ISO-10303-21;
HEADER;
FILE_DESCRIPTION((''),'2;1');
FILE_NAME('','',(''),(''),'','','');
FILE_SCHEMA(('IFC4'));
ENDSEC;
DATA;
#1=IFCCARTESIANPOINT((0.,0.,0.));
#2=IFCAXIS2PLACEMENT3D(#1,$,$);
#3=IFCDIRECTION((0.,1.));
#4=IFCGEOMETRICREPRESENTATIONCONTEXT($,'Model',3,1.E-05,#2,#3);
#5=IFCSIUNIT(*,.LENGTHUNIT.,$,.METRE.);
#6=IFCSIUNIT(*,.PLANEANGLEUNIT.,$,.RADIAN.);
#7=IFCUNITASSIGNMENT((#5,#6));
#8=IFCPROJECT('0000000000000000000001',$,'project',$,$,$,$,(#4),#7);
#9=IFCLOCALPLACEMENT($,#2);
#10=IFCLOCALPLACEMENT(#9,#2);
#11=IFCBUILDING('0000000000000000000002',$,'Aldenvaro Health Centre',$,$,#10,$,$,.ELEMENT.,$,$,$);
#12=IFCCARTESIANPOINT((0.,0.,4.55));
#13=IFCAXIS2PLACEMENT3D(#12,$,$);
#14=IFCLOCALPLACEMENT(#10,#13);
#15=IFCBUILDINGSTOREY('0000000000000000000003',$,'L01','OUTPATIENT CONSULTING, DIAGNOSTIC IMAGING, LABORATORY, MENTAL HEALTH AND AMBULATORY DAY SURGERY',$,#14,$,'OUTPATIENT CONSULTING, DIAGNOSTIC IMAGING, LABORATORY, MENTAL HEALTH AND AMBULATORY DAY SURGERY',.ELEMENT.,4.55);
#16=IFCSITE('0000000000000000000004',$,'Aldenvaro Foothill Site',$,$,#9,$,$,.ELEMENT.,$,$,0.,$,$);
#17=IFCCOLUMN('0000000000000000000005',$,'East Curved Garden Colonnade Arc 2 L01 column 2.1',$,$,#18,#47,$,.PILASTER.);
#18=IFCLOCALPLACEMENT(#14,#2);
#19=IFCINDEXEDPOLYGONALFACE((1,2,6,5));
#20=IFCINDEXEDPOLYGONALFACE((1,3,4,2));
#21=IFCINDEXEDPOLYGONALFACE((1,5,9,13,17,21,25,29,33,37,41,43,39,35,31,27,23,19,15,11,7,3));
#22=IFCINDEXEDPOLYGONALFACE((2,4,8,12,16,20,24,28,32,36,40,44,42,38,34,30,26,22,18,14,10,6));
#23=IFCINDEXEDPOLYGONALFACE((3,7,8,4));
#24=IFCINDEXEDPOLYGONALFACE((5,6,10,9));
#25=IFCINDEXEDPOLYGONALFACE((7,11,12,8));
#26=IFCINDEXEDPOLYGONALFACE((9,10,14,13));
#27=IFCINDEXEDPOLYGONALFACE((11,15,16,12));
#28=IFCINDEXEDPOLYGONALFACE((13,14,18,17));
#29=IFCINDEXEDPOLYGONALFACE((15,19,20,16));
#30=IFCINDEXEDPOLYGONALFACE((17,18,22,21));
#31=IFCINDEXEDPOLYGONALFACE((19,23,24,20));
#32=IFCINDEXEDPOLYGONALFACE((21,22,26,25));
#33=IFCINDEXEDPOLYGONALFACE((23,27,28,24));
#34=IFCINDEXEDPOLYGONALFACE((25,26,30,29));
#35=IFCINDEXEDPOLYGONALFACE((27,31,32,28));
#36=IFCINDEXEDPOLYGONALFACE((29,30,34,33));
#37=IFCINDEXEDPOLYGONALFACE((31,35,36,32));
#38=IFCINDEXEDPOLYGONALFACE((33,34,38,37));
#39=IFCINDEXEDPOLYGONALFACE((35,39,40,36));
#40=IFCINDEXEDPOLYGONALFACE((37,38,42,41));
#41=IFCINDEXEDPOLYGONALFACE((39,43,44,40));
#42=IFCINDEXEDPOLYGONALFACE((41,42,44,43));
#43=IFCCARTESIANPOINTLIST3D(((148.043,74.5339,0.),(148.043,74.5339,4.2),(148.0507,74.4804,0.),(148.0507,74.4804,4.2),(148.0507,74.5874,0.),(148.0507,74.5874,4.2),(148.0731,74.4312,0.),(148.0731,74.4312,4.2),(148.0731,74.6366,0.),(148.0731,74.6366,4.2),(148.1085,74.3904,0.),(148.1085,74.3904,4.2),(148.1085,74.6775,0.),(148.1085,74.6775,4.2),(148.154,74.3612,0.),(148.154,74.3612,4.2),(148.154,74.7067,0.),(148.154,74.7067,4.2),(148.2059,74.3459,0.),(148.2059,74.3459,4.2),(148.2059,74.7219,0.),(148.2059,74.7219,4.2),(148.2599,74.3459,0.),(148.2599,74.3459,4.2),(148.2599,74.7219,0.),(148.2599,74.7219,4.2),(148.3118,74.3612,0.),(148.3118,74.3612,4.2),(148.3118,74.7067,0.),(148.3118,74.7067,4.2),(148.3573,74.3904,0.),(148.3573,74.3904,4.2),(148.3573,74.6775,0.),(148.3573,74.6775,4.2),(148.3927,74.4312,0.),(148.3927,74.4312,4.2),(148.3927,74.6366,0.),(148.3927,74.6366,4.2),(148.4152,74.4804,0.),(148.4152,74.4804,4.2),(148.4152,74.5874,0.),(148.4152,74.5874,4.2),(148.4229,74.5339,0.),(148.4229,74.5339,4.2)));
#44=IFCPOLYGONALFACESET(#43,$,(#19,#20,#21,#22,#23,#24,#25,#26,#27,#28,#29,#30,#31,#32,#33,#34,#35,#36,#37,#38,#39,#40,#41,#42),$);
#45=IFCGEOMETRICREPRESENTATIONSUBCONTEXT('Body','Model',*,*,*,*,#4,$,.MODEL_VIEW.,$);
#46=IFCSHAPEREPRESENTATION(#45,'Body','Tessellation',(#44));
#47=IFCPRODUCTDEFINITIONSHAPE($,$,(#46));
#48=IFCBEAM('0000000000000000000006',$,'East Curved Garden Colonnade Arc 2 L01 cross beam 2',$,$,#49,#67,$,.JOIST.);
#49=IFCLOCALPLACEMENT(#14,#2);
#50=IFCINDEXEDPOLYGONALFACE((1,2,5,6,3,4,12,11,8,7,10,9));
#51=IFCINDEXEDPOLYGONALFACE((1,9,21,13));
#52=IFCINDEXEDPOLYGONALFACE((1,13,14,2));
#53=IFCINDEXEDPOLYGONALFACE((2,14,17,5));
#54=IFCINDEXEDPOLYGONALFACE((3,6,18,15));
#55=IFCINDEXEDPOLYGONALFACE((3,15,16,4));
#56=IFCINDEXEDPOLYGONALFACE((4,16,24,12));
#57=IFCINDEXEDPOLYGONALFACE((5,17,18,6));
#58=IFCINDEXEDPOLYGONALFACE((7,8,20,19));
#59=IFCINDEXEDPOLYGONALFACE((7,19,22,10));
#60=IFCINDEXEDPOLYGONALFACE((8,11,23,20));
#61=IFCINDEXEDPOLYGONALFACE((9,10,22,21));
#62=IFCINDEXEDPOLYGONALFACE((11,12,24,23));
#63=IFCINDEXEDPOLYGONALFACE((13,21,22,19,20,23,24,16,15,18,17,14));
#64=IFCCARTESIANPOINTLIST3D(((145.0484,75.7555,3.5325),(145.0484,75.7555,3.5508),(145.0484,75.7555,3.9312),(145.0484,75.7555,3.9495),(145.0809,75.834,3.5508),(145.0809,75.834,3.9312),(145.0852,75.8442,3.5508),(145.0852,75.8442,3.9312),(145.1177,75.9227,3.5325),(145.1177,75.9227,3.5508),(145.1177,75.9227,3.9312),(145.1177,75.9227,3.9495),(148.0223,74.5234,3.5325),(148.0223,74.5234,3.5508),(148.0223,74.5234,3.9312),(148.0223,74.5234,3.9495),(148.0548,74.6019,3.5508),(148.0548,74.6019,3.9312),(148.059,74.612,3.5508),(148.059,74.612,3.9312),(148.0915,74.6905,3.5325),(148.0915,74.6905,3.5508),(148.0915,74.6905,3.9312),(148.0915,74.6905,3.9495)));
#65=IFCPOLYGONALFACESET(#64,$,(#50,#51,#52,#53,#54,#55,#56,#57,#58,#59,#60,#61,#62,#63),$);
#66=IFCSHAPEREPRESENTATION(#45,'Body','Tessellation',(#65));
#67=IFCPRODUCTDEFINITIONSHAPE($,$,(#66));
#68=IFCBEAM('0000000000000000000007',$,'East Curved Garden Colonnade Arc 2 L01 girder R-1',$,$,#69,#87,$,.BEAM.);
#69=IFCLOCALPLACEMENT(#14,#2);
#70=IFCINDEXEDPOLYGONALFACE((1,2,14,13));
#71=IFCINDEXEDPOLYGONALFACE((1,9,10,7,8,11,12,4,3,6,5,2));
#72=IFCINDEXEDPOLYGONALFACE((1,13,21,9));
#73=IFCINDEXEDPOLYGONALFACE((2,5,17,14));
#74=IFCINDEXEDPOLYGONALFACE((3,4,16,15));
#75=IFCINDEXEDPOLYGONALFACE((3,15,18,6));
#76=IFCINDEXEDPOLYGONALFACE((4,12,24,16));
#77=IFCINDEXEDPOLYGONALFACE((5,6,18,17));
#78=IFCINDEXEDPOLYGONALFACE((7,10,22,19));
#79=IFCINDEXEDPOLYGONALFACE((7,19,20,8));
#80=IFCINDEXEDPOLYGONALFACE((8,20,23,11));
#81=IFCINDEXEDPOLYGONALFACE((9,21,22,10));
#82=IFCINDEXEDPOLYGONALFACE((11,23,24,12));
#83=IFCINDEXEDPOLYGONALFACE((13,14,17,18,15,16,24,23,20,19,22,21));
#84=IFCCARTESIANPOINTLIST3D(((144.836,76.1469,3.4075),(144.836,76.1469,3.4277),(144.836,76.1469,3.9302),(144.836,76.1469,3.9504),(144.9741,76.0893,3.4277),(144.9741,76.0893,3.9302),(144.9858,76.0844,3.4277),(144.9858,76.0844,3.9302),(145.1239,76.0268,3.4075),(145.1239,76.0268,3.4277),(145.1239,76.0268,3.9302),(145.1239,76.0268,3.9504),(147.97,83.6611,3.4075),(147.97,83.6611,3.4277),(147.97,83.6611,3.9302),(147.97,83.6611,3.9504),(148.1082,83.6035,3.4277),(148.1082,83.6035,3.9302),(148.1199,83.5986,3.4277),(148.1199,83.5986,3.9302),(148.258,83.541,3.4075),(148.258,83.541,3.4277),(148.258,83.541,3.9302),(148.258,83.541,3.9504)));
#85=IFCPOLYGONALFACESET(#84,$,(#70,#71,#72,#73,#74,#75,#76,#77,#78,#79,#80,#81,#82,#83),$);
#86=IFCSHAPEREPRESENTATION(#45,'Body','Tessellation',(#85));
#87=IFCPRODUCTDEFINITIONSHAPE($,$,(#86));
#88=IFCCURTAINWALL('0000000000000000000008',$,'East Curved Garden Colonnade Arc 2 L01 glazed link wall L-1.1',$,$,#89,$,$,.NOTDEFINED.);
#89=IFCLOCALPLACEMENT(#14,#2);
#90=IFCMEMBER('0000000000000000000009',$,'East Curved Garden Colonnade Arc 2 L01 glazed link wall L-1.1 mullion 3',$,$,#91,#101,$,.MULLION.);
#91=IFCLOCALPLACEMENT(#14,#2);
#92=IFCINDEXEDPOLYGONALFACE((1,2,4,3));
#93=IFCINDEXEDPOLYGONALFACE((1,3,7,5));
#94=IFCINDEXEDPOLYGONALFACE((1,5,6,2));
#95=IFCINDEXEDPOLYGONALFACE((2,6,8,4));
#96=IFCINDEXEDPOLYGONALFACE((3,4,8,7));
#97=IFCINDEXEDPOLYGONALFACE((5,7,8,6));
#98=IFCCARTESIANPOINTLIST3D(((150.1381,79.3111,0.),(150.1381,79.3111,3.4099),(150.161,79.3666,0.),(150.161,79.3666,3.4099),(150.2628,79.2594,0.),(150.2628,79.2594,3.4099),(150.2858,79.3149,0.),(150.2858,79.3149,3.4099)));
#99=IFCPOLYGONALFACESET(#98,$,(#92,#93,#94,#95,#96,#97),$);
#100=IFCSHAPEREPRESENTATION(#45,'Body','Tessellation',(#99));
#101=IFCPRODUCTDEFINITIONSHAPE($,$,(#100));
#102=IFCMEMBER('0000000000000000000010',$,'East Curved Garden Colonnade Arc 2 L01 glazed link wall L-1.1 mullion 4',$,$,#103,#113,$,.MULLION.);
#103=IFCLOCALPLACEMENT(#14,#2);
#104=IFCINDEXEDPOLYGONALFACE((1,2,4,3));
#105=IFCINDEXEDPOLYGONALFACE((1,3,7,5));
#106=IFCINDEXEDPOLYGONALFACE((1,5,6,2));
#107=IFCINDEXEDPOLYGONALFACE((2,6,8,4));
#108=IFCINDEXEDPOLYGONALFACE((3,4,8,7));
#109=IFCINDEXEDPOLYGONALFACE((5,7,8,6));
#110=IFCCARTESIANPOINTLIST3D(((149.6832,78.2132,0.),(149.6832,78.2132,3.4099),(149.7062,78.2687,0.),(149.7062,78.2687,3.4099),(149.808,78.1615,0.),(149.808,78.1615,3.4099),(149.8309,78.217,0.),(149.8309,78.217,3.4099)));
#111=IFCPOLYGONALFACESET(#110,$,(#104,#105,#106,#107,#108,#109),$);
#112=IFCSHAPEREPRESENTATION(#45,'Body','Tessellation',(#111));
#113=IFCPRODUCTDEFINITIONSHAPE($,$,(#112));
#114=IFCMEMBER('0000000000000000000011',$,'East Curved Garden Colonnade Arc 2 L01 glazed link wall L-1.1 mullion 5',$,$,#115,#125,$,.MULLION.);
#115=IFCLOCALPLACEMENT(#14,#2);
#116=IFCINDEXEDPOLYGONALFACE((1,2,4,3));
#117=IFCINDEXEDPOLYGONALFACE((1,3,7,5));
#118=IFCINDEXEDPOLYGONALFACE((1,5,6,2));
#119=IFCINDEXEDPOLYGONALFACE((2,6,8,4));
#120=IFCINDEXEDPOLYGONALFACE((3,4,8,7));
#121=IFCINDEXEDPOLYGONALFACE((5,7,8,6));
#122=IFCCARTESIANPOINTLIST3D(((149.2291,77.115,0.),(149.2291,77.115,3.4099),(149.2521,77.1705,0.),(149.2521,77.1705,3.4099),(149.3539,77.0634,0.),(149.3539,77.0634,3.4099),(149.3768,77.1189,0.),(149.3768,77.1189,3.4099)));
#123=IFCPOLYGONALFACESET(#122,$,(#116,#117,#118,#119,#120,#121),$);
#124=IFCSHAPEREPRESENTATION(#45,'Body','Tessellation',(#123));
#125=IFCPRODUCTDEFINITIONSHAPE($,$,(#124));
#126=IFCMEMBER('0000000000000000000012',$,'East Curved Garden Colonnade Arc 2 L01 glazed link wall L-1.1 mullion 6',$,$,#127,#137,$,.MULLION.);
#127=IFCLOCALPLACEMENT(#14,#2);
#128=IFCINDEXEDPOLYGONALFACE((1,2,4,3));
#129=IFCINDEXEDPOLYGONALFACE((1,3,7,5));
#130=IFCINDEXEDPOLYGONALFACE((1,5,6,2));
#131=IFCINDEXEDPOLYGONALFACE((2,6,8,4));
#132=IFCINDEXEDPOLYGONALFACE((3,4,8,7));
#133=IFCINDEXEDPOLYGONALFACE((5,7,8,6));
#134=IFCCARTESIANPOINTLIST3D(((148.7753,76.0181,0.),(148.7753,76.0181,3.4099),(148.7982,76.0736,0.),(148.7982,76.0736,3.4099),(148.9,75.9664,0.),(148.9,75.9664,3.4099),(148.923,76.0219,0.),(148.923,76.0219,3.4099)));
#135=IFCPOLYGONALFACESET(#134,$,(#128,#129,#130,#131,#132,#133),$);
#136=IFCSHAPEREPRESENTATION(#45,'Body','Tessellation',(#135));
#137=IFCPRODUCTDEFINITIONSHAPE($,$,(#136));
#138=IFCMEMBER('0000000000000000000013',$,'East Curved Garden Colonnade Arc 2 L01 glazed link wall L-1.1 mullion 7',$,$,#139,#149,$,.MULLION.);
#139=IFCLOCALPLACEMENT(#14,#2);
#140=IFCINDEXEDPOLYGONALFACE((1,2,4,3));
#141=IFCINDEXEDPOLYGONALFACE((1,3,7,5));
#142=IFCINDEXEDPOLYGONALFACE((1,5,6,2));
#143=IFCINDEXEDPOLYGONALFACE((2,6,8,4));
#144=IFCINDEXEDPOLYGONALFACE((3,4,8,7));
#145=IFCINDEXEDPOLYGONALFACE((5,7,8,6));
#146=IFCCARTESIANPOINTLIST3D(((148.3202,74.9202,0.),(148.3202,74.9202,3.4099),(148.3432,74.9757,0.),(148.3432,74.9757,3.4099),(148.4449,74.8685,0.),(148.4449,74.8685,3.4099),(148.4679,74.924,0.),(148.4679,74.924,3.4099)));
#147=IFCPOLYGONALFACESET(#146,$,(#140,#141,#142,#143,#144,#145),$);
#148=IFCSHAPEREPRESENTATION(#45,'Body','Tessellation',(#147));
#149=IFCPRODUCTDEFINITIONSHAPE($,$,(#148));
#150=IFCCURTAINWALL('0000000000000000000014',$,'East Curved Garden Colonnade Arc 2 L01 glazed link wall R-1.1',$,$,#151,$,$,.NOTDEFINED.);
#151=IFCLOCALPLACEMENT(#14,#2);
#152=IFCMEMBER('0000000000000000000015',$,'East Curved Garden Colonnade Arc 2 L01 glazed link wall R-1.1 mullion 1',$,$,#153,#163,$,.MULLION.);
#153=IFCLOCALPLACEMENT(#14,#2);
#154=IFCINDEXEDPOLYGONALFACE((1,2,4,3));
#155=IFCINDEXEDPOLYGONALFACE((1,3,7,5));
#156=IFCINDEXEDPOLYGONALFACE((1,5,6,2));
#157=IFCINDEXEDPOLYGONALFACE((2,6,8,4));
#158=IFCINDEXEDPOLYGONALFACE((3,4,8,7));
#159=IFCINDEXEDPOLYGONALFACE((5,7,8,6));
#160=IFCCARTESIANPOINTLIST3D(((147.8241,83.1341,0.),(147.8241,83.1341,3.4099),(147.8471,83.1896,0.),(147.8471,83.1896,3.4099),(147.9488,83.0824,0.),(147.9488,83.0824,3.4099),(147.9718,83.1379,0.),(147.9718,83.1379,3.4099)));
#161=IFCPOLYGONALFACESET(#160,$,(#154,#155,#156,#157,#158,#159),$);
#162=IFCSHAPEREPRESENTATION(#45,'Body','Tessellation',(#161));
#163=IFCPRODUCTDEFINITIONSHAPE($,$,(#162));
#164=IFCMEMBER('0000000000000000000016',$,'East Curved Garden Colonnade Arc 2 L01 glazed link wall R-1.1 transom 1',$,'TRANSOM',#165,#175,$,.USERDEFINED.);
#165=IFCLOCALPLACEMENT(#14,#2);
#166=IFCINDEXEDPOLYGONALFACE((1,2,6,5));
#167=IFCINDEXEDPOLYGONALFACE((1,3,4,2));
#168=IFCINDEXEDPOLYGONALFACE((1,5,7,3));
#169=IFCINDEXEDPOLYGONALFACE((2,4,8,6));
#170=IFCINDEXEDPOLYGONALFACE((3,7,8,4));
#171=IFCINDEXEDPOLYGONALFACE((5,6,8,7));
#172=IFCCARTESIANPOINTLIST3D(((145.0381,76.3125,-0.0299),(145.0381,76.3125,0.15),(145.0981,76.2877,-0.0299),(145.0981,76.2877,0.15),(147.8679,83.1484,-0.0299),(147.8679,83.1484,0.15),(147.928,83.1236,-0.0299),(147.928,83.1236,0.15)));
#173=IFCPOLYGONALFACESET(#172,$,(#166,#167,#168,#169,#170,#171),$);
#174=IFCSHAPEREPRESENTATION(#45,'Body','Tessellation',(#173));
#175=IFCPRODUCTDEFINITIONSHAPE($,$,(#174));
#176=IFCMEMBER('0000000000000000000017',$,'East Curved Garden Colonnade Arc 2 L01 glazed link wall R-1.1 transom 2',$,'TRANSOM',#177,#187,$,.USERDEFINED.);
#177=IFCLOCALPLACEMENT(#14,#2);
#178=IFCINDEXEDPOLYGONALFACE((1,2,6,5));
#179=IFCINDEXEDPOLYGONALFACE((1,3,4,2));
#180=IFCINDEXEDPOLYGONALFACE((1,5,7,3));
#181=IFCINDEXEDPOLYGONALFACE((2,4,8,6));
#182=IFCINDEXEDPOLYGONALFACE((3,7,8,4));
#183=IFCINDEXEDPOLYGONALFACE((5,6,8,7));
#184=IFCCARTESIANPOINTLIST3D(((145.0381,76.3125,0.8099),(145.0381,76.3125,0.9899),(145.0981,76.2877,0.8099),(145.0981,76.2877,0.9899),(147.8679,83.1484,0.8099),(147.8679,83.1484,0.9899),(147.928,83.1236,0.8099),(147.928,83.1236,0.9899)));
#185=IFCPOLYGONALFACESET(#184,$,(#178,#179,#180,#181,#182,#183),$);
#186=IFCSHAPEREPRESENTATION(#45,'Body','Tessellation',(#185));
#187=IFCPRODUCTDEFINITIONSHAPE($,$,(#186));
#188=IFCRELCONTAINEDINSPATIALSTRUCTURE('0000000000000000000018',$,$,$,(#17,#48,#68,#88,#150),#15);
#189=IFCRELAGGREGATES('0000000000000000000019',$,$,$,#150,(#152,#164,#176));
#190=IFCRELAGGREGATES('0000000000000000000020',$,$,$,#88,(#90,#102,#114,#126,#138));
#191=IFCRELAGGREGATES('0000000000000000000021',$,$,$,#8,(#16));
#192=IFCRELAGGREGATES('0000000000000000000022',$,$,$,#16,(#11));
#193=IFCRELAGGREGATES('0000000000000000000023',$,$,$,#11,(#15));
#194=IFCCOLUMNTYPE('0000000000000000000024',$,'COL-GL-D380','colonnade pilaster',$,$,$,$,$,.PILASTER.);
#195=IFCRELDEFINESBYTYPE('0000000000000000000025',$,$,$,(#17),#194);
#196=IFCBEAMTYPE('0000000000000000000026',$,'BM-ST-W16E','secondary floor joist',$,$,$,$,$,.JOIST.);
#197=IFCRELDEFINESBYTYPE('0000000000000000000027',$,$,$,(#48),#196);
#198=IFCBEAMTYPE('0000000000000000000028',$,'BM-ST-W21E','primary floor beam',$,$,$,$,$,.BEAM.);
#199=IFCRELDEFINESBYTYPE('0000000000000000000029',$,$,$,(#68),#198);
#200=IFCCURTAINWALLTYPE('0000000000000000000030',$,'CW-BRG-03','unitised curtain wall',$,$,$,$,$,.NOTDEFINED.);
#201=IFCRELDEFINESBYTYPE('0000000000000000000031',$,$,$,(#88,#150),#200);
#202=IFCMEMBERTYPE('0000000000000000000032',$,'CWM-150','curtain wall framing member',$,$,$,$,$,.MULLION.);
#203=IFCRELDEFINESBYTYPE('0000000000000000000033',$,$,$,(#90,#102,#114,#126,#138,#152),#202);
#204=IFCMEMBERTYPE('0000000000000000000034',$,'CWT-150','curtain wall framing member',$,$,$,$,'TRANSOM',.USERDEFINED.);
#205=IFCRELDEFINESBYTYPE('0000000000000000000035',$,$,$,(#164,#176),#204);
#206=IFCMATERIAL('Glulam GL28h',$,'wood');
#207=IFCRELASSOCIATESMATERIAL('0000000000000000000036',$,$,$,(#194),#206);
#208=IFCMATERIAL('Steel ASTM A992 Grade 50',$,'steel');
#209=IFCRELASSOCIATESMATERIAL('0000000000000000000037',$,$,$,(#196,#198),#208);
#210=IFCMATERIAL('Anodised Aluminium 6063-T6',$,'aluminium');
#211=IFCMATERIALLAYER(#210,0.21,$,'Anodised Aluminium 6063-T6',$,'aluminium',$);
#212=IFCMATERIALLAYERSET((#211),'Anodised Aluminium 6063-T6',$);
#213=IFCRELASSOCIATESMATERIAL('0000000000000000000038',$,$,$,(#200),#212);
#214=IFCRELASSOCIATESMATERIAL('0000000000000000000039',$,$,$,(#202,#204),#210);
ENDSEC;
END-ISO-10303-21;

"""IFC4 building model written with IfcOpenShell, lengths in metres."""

from ifc_helpers import new_model, si_unit, direction, frame, origin, origin_2d, place, context, subcontext, project, spatial, rectangle, circle, i_section, extrude, material, layer, layer_set, material_profile, profile_set, type_object, element, aggregate, save


model = new_model("IFC4")

# Units and contexts
model_context = context("Model", 3, precision=1e-05, world=origin(), true_north=direction((0.0, 1.0)))
body_context = subcontext(model_context, "Body", "Model", "MODEL_VIEW")
ifc_project = project(units=[si_unit("LENGTHUNIT", "METRE"), si_unit("PLANEANGLEUNIT", "RADIAN")], contexts=[model_context])

# Site, building, storey
site_placement = place(None, origin())
site = spatial("IfcSite", under=ifc_project, at=site_placement, Name="Aldenvaro Foothill Site", CompositionType="ELEMENT", RefElevation=0.0)
building_placement = place(site_placement, origin())
building = spatial("IfcBuilding", under=site, at=building_placement, Name="Aldenvaro Health Centre", CompositionType="ELEMENT")
storey_placement = place(building_placement, frame((0.0, 0.0, 4.55)))
storey = spatial("IfcBuildingStorey", under=building, at=storey_placement, Name="L01", Description="OUTPATIENT CONSULTING, DIAGNOSTIC IMAGING, LABORATORY, MENTAL HEALTH AND AMBULATORY DAY SURGERY", LongName="OUTPATIENT CONSULTING, DIAGNOSTIC IMAGING, LABORATORY, MENTAL HEALTH AND AMBULATORY DAY SURGERY", CompositionType="ELEMENT", Elevation=4.55)

# Column
ifc_material_1 = material(Name="Glulam GL28h", Category="wood")
ifc_material_profile_1 = material_profile(ifc_material_1, circle(Radius=0.1899, at=origin_2d()), Name="GL D380", Category="wood")
ifc_profile_set_1 = profile_set([ifc_material_profile_1], Name="Glulam GL28h")
column_type = type_object("IfcColumnType", Name="COL-GL-D380", Description="colonnade pilaster", PredefinedType="PILASTER", material=ifc_profile_set_1)
column_placement = place(storey_placement, frame((148.2329, 74.5339, 0.0), z_axis=(0.0, 0.0, 1.0), x_axis=(1.0, 0.0, 0.0)))
element("IfcColumn", 1, at=column_placement, inside=storey, type_object=column_type, Name="East Curved Garden Colonnade Arc 2 L01 column 2.1", PredefinedType="PILASTER", context=body_context, shape_type="SweptSolid", body=[
    extrude(circle(Radius=0.1899, at=origin_2d()), origin(), (0.0, 0.0, 1.0), 4.2),
])

# Beams
ifc_material_2 = material(Name="Steel ASTM A992 Grade 50", Category="steel")
ifc_material_profile_2 = material_profile(ifc_material_2, i_section(OverallWidth=0.1809, OverallDepth=0.417, WebThickness=0.011, FlangeThickness=0.0183, at=origin_2d()), Name="W16X57", Category="steel")
ifc_profile_set_2 = profile_set([ifc_material_profile_2], Name="Steel ASTM A992 Grade 50")
beam_type_1 = type_object("IfcBeamType", Name="BM-ST-W16E", Description="secondary floor joist", PredefinedType="JOIST", material=ifc_profile_set_2)
beam_1_placement = place(storey_placement, frame((148.0569, 74.6069, 3.741), z_axis=(-0.92384, 0.382778, 0.0), x_axis=(-0.382778, -0.92384, 0.0)))
element("IfcBeam", 2, at=beam_1_placement, inside=storey, type_object=beam_type_1, Name="East Curved Garden Colonnade Arc 2 L01 cross beam 2", PredefinedType="JOIST", context=body_context, shape_type="SweptSolid", body=[
    extrude(i_section(OverallWidth=0.1809, OverallDepth=0.417, WebThickness=0.011, FlangeThickness=0.0183, at=origin_2d()), origin(), (0.0, 0.0, 1.0), 3.219),
])
ifc_material_profile_3 = material_profile(ifc_material_2, i_section(OverallWidth=0.312, OverallDepth=0.543, WebThickness=0.0127, FlangeThickness=0.0203, at=origin_2d()), Name="W21X101", Category="steel")
ifc_profile_set_3 = profile_set([ifc_material_profile_3], Name="Steel ASTM A992 Grade 50")
beam_type_2 = type_object("IfcBeamType", Name="BM-ST-W21E", Description="primary floor beam", PredefinedType="BEAM", material=ifc_profile_set_3)
beam_2_placement = place(storey_placement, frame((148.114, 83.6011, 3.679), z_axis=(-0.384943, -0.92294, 0.0), x_axis=(0.92294, -0.384943, 0.0)))
element("IfcBeam", 3, at=beam_2_placement, inside=storey, type_object=beam_type_2, Name="East Curved Garden Colonnade Arc 2 L01 girder R-1", PredefinedType="BEAM", context=body_context, shape_type="SweptSolid", body=[
    extrude(i_section(OverallWidth=0.312, OverallDepth=0.543, WebThickness=0.0127, FlangeThickness=0.0203, at=origin_2d()), origin(), (0.0, 0.0, 1.0), 8.1416),
])

# Curtain walls, members
ifc_material_3 = material(Name="Anodised Aluminium 6063-T6", Category="aluminium")
ifc_layer_1 = layer(ifc_material_3, 0.21, Name="Anodised Aluminium 6063-T6", Category="aluminium")
ifc_layer_set_1 = layer_set([ifc_layer_1], Name="Anodised Aluminium 6063-T6")
curtain_wall_type = type_object("IfcCurtainWallType", Name="CW-BRG-03", Description="unitised curtain wall", PredefinedType="NOTDEFINED", material=ifc_layer_set_1)
curtain_wall_1_placement = place(storey_placement, origin())
curtain_wall_1 = element("IfcCurtainWall", 4, at=curtain_wall_1_placement, inside=storey, type_object=curtain_wall_type, Name="East Curved Garden Colonnade Arc 2 L01 glazed link wall L-1.1", PredefinedType="NOTDEFINED")
ifc_material_profile_4 = material_profile(ifc_material_3, rectangle(XDim=0.0601, YDim=0.135, at=origin_2d()), Name="ALU 60x135", Category="aluminium")
ifc_profile_set_4 = profile_set([ifc_material_profile_4], Name="Anodised Aluminium 6063-T6")
member_type_1 = type_object("IfcMemberType", Name="CWM-150", Description="curtain wall framing member", PredefinedType="MULLION", material=ifc_profile_set_4)
member_1_placement = place(storey_placement, frame((150.2119, 79.313, 0.0), z_axis=(0.0, 0.0, 1.0), x_axis=(-0.382562, -0.92393, 0.0)))
member_1 = element("IfcMember", 5, at=member_1_placement, type_object=member_type_1, Name="East Curved Garden Colonnade Arc 2 L01 glazed link wall L-1.1 mullion 3", PredefinedType="MULLION", context=body_context, shape_type="SweptSolid", body=[
    extrude(rectangle(XDim=0.0601, YDim=0.135, at=origin_2d()), origin(), (0.0, 0.0, 1.0), 3.4099),
])
member_2_placement = place(storey_placement, frame((149.7571, 78.2151, 0.0), z_axis=(0.0, 0.0, 1.0), x_axis=(-0.382562, -0.92393, 0.0)))
member_2 = element("IfcMember", 6, at=member_2_placement, type_object=member_type_1, Name="East Curved Garden Colonnade Arc 2 L01 glazed link wall L-1.1 mullion 4", PredefinedType="MULLION", context=body_context, shape_type="SweptSolid", body=[
    extrude(rectangle(XDim=0.0601, YDim=0.135, at=origin_2d()), origin(), (0.0, 0.0, 1.0), 3.4099),
])
member_3_placement = place(storey_placement, frame((149.303, 77.1169, 0.0), z_axis=(0.0, 0.0, 1.0), x_axis=(-0.382562, -0.92393, 0.0)))
member_3 = element("IfcMember", 7, at=member_3_placement, type_object=member_type_1, Name="East Curved Garden Colonnade Arc 2 L01 glazed link wall L-1.1 mullion 5", PredefinedType="MULLION", context=body_context, shape_type="SweptSolid", body=[
    extrude(rectangle(XDim=0.0601, YDim=0.135, at=origin_2d()), origin(), (0.0, 0.0, 1.0), 3.4099),
])
member_4_placement = place(storey_placement, frame((148.8491, 76.02, 0.0), z_axis=(0.0, 0.0, 1.0), x_axis=(-0.382562, -0.92393, 0.0)))
member_4 = element("IfcMember", 8, at=member_4_placement, type_object=member_type_1, Name="East Curved Garden Colonnade Arc 2 L01 glazed link wall L-1.1 mullion 6", PredefinedType="MULLION", context=body_context, shape_type="SweptSolid", body=[
    extrude(rectangle(XDim=0.0601, YDim=0.135, at=origin_2d()), origin(), (0.0, 0.0, 1.0), 3.4099),
])
member_5_placement = place(storey_placement, frame((148.394, 74.9221, 0.0), z_axis=(0.0, 0.0, 1.0), x_axis=(-0.382562, -0.92393, 0.0)))
member_5 = element("IfcMember", 9, at=member_5_placement, type_object=member_type_1, Name="East Curved Garden Colonnade Arc 2 L01 glazed link wall L-1.1 mullion 7", PredefinedType="MULLION", context=body_context, shape_type="SweptSolid", body=[
    extrude(rectangle(XDim=0.0601, YDim=0.135, at=origin_2d()), origin(), (0.0, 0.0, 1.0), 3.4099),
])
curtain_wall_2_placement = place(storey_placement, origin())
curtain_wall_2 = element("IfcCurtainWall", 10, at=curtain_wall_2_placement, inside=storey, type_object=curtain_wall_type, Name="East Curved Garden Colonnade Arc 2 L01 glazed link wall R-1.1", PredefinedType="NOTDEFINED")
member_6_placement = place(storey_placement, frame((147.8979, 83.136, 0.0), z_axis=(0.0, 0.0, 1.0), x_axis=(-0.382503, -0.923954, 0.0)))
member_6 = element("IfcMember", 11, at=member_6_placement, type_object=member_type_1, Name="East Curved Garden Colonnade Arc 2 L01 glazed link wall R-1.1 mullion 1", PredefinedType="MULLION", context=body_context, shape_type="SweptSolid", body=[
    extrude(rectangle(XDim=0.0601, YDim=0.135, at=origin_2d()), origin(), (0.0, 0.0, 1.0), 3.4099),
])
ifc_material_profile_5 = material_profile(ifc_material_3, rectangle(XDim=0.0649, YDim=0.1799, at=origin_2d()), Name="ALU 65x180", Category="aluminium")
ifc_profile_set_5 = profile_set([ifc_material_profile_5], Name="Anodised Aluminium 6063-T6")
member_type_2 = type_object("IfcMemberType", Name="CWT-150", Description="curtain wall framing member", ElementType="TRANSOM", PredefinedType="USERDEFINED", material=ifc_profile_set_5)
member_7_placement = place(storey_placement, frame((147.8979, 83.136, 0.0601), z_axis=(-0.382487, -0.923961, 0.0), x_axis=(0.923961, -0.382487, 0.0)))
member_7 = element("IfcMember", 12, at=member_7_placement, type_object=member_type_2, Name="East Curved Garden Colonnade Arc 2 L01 glazed link wall R-1.1 transom 1", ObjectType="TRANSOM", PredefinedType="USERDEFINED", context=body_context, shape_type="SweptSolid", body=[
    extrude(rectangle(XDim=0.0649, YDim=0.1799, at=origin_2d()), origin(), (0.0, 0.0, 1.0), 7.3984),
])
member_8_placement = place(storey_placement, frame((147.8979, 83.136, 0.8999), z_axis=(-0.382487, -0.923961, 0.0), x_axis=(0.923961, -0.382487, 0.0)))
member_8 = element("IfcMember", 13, at=member_8_placement, type_object=member_type_2, Name="East Curved Garden Colonnade Arc 2 L01 glazed link wall R-1.1 transom 2", ObjectType="TRANSOM", PredefinedType="USERDEFINED", context=body_context, shape_type="SweptSolid", body=[
    extrude(rectangle(XDim=0.0649, YDim=0.1799, at=origin_2d()), origin(), (0.0, 0.0, 1.0), 7.3984),
])
aggregate(curtain_wall_2, [member_6, member_7, member_8])

aggregate(curtain_wall_1, [member_1, member_2, member_3, member_4, member_5])

save(model, "model.ifc")
